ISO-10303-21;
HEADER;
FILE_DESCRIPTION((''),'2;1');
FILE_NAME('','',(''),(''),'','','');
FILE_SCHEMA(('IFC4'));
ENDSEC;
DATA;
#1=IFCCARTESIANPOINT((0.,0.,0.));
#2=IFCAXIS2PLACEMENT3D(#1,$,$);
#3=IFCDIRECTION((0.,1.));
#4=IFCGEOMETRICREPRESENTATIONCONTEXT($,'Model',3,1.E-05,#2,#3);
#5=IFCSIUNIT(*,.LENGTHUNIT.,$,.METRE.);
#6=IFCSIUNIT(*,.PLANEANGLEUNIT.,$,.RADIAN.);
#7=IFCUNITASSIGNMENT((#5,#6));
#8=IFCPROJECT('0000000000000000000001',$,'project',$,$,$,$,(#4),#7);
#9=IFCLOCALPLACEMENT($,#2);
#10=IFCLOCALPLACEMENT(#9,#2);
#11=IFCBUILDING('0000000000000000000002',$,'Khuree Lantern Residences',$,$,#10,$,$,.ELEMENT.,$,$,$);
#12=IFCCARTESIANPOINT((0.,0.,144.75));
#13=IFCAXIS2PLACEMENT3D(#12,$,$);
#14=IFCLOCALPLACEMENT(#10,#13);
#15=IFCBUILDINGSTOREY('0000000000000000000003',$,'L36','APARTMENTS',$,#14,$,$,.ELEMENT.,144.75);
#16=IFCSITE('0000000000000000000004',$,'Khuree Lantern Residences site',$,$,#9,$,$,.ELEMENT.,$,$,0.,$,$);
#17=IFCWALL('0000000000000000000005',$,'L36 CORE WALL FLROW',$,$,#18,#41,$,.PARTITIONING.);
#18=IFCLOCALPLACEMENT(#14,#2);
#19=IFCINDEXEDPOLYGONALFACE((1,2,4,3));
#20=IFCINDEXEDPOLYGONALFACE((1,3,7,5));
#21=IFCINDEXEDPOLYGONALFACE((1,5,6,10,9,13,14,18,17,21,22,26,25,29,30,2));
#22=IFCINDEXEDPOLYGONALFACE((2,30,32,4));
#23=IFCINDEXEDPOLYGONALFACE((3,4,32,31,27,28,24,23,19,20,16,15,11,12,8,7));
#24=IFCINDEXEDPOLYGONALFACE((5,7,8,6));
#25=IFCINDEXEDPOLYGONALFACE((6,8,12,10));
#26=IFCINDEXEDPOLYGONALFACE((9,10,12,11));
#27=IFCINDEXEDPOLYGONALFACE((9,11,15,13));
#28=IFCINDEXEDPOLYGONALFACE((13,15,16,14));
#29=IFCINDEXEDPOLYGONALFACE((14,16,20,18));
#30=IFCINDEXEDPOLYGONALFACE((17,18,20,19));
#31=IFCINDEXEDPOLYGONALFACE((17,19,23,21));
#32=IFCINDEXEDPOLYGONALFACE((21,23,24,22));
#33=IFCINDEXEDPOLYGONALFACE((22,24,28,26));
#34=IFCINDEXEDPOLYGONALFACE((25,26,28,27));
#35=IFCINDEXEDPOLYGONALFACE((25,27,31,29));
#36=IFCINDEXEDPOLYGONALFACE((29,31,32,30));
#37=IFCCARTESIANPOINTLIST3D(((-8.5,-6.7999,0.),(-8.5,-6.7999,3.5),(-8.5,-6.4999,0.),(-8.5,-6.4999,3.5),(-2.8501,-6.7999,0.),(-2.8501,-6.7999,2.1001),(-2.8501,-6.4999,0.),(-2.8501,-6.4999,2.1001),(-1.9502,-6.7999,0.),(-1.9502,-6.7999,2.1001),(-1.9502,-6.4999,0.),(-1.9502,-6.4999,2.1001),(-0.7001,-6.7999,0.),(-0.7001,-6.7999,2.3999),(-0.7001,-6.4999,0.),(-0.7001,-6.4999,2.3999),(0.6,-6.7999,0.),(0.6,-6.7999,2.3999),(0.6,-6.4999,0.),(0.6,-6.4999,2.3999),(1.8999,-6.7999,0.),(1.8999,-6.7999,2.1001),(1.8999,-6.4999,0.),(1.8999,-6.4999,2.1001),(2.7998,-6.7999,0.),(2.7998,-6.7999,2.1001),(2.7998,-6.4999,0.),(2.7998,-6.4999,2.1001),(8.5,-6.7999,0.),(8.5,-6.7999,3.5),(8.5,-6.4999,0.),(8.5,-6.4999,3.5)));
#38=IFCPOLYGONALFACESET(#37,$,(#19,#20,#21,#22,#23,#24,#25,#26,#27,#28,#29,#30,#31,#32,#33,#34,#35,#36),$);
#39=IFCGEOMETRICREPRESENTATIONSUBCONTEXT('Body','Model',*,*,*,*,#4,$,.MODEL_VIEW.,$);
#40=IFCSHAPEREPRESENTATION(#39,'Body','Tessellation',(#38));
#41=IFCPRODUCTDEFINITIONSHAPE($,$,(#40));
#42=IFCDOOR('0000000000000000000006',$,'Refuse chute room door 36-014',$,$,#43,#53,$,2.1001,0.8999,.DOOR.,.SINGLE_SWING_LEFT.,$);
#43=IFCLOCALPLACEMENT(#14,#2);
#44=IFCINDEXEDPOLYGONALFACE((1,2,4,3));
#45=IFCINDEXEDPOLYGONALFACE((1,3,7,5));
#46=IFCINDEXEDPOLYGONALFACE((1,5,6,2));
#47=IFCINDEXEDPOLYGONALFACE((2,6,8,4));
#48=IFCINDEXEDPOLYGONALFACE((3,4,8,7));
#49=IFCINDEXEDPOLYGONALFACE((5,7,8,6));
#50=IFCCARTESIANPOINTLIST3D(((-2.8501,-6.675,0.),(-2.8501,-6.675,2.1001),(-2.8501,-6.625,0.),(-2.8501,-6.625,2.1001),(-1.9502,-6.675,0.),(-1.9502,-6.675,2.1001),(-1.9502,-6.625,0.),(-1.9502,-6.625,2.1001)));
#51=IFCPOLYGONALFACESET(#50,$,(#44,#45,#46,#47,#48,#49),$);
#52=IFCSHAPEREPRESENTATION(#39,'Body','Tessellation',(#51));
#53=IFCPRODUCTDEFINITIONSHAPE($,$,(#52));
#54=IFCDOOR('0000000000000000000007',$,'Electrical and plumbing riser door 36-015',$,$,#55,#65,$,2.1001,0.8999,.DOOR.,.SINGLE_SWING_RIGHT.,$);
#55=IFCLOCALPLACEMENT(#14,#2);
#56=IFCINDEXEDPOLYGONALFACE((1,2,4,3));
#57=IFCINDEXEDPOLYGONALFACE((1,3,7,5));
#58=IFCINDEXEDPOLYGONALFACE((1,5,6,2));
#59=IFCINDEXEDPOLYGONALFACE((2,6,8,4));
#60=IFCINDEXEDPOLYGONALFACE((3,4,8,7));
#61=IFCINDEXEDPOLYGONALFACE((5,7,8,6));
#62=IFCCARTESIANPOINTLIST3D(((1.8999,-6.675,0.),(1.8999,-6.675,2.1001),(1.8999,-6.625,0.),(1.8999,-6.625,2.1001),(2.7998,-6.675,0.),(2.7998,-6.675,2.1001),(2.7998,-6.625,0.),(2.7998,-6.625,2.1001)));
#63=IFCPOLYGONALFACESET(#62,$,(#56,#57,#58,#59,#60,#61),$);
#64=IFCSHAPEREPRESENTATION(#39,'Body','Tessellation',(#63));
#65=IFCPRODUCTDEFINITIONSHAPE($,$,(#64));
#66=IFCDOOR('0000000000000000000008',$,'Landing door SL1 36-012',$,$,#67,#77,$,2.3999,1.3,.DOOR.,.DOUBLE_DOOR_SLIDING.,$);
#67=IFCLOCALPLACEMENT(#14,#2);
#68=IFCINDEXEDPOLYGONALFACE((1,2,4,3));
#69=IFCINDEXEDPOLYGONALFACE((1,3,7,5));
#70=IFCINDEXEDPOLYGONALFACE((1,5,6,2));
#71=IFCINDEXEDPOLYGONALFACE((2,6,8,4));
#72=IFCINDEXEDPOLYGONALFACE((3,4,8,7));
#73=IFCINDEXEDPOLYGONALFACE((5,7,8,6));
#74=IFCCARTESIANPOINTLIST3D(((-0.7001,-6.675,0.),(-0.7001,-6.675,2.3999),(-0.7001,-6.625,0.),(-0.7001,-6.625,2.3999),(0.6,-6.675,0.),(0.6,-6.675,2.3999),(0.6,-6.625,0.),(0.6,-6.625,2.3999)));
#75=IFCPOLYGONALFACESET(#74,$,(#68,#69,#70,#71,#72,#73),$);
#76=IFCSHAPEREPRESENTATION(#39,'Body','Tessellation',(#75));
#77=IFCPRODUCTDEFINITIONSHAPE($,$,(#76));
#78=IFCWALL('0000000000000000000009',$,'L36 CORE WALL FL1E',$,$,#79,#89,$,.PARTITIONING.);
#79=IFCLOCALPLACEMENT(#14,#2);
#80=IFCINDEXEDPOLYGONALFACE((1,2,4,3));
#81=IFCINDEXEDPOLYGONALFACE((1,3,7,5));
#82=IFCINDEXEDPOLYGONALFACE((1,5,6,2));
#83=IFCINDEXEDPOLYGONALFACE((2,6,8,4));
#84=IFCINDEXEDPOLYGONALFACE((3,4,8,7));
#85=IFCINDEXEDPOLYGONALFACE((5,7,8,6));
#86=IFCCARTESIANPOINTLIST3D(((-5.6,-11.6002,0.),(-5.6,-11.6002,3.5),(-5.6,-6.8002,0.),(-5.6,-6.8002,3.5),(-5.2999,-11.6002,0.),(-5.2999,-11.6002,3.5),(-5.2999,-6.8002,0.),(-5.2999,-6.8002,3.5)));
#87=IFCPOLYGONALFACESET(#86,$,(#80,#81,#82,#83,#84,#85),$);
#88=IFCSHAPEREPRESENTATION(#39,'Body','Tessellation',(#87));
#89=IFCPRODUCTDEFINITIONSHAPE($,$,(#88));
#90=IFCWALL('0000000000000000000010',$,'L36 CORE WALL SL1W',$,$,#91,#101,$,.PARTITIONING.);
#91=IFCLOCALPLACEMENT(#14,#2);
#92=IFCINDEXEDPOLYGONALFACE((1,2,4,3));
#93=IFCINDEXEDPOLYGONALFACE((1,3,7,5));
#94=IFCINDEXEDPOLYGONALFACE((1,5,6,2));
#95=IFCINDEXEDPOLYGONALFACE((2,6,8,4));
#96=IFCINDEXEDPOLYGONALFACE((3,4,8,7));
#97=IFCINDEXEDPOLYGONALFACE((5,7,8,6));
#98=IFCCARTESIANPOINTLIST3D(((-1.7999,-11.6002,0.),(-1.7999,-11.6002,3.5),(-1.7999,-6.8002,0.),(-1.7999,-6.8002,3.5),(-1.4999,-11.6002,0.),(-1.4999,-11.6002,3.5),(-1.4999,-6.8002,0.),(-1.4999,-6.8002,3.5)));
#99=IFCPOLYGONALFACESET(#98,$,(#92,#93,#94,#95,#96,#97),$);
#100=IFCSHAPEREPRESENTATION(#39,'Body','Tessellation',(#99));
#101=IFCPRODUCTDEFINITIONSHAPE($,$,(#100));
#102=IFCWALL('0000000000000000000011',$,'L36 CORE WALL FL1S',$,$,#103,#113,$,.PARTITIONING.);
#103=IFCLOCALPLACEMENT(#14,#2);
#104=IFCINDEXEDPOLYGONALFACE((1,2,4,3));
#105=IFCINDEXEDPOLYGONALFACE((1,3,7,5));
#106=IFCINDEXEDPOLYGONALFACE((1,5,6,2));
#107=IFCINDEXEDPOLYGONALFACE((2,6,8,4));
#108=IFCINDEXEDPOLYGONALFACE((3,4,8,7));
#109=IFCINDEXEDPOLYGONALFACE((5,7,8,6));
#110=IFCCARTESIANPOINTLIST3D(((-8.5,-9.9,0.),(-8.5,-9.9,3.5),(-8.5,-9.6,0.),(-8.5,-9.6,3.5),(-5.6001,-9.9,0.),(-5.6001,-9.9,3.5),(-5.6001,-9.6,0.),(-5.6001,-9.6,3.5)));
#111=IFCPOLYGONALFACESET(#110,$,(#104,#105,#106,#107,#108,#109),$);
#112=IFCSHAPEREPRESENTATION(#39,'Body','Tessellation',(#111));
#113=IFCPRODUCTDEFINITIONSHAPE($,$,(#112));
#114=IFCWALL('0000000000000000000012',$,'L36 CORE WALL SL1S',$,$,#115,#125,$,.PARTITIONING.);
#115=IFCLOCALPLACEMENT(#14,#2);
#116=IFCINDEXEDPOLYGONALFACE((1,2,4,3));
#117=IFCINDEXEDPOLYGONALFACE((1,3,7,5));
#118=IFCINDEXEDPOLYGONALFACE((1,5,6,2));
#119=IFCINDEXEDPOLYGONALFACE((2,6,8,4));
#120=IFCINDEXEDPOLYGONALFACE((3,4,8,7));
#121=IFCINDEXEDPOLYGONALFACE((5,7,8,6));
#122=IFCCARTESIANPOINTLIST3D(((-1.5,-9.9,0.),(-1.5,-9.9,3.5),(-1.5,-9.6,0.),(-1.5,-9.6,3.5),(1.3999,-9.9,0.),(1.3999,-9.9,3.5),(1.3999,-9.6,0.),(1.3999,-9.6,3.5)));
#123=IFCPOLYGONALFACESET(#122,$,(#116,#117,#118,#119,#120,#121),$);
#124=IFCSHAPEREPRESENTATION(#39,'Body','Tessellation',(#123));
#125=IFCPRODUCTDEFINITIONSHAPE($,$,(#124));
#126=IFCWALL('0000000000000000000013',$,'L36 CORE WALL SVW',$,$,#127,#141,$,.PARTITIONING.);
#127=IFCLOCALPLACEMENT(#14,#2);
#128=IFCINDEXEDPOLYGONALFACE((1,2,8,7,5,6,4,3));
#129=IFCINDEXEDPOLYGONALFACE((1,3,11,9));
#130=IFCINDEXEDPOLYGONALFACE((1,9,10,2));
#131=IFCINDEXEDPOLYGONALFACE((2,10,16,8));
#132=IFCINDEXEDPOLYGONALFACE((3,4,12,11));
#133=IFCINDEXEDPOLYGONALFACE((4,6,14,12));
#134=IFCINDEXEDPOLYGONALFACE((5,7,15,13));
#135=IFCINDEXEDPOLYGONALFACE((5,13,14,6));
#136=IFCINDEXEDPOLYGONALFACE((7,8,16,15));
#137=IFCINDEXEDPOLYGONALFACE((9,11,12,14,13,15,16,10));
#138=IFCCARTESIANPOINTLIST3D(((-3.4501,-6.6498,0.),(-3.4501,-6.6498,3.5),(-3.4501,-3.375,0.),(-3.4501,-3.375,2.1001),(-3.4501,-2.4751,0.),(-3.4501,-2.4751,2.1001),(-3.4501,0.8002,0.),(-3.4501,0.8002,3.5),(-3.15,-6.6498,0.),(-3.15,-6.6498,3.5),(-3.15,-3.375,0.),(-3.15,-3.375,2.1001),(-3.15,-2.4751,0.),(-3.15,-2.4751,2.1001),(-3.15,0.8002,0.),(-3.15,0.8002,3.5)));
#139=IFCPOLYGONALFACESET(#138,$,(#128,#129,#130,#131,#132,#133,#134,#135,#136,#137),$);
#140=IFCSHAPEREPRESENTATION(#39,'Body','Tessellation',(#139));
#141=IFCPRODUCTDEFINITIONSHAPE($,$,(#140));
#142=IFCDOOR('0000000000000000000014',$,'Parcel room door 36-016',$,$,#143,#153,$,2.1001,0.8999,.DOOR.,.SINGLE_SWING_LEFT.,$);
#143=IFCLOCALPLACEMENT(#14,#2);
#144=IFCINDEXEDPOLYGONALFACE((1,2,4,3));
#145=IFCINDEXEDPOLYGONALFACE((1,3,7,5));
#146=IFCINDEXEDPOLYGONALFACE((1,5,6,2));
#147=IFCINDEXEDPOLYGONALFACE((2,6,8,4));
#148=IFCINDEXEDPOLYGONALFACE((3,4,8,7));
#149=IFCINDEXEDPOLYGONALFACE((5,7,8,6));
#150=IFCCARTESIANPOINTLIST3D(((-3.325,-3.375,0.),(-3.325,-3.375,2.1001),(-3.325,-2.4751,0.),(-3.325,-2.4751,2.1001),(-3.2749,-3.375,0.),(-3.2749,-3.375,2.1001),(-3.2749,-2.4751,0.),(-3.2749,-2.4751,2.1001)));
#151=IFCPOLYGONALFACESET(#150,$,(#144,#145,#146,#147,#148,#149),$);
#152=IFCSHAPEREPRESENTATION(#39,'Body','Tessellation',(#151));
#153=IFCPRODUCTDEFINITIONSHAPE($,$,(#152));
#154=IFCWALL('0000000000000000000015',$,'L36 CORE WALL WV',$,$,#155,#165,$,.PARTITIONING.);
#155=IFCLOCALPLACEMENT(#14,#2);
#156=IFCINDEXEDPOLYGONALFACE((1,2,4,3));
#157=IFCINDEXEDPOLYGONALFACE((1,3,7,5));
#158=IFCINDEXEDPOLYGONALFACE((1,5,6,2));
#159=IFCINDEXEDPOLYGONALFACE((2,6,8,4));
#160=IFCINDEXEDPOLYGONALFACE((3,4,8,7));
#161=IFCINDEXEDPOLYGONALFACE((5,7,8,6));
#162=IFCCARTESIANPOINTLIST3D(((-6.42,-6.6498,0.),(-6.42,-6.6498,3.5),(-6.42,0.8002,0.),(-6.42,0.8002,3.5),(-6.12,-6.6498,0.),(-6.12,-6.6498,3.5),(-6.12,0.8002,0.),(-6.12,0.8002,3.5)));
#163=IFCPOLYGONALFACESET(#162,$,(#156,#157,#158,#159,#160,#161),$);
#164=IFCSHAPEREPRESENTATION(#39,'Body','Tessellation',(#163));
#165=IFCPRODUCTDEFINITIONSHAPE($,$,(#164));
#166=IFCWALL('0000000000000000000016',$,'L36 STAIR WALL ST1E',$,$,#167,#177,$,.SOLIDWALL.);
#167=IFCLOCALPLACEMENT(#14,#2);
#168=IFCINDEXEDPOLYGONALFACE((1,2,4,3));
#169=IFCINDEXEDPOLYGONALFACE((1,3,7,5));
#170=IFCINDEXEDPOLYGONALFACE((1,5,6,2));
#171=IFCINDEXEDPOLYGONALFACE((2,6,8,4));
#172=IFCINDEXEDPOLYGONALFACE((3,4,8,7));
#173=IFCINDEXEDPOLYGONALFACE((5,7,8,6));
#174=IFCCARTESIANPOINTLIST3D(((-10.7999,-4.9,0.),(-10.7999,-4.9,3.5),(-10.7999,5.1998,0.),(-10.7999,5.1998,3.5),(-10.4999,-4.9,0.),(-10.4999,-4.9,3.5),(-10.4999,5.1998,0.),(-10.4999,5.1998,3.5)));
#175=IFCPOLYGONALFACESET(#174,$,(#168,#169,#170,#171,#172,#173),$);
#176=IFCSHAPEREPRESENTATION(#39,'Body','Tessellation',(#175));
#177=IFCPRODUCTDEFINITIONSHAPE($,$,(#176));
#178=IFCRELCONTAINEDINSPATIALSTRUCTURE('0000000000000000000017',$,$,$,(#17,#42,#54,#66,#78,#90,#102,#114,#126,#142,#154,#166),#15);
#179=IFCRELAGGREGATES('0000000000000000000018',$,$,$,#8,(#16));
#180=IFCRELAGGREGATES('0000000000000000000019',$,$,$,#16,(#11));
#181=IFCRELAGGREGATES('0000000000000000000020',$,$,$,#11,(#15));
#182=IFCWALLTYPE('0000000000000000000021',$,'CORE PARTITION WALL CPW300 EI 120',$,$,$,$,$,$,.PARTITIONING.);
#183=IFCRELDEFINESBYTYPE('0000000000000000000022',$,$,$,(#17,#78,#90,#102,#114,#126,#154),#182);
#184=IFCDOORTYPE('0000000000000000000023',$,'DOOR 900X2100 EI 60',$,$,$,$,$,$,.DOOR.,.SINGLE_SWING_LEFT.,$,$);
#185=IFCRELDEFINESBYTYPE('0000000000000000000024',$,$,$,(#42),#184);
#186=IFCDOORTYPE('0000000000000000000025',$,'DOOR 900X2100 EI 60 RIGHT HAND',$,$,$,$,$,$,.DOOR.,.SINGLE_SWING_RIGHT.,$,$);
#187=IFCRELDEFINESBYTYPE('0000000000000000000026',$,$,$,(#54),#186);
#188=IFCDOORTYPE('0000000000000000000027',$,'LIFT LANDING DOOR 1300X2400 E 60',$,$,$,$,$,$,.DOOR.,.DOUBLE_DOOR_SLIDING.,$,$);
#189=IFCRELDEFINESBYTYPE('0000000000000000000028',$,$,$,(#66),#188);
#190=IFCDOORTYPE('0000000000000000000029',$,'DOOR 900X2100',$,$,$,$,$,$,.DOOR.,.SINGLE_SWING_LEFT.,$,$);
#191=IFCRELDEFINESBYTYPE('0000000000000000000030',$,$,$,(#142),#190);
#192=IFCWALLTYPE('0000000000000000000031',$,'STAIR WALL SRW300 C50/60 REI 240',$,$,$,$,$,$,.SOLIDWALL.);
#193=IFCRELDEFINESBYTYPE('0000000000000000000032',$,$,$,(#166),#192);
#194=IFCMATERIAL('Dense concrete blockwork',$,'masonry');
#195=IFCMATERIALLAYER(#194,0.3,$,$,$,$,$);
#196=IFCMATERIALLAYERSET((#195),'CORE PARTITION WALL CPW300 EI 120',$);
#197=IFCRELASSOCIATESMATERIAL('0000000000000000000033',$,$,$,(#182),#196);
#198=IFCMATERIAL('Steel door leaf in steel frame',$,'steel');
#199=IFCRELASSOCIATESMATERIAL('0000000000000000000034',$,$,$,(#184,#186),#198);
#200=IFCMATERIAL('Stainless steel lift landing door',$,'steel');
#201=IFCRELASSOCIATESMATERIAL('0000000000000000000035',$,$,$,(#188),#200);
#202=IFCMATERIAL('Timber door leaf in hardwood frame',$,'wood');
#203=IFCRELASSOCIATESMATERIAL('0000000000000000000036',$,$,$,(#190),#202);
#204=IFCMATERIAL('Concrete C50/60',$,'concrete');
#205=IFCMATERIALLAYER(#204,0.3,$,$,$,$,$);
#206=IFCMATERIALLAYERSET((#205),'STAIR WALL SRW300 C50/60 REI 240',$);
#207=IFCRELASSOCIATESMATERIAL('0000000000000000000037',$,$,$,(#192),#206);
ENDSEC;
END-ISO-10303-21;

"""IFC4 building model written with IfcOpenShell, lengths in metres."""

from ifc_helpers import new_model, si_unit, direction, frame, frame_2d, origin, place, context, subcontext, project, spatial, rectangle, extrude, material, layer, layer_set, type_object, element, fill, save


model = new_model("IFC4")

# Units and contexts
model_context = context("Model", 3, precision=1e-05, world=origin(), true_north=direction((0.0, 1.0)))
body_context = subcontext(model_context, "Body", "Model", "MODEL_VIEW")
ifc_project = project(units=[si_unit("LENGTHUNIT", "METRE"), si_unit("PLANEANGLEUNIT", "RADIAN")], contexts=[model_context])

# Site, building, storey
site_placement = place(None, origin())
site = spatial("IfcSite", under=ifc_project, at=site_placement, Name="Khuree Lantern Residences site", CompositionType="ELEMENT", RefElevation=0.0)
building_placement = place(site_placement, origin())
building = spatial("IfcBuilding", under=site, at=building_placement, Name="Khuree Lantern Residences", CompositionType="ELEMENT")
storey_placement = place(building_placement, frame((0.0, 0.0, 144.75)))
storey = spatial("IfcBuildingStorey", under=building, at=storey_placement, Name="L36", Description="APARTMENTS", CompositionType="ELEMENT", Elevation=144.75)

# Wall, openings, doors
ifc_material_1 = material(Name="Dense concrete blockwork", Category="masonry")
ifc_layer_1 = layer(ifc_material_1, 0.3)
ifc_layer_set_1 = layer_set([ifc_layer_1], Name="CORE PARTITION WALL CPW300 EI 120")
wall_type_1 = type_object("IfcWallType", Name="CORE PARTITION WALL CPW300 EI 120", PredefinedType="PARTITIONING", material=ifc_layer_set_1)
wall_1_placement = place(storey_placement, frame((-8.5, -6.6499, 0.0), z_axis=(0.0, 0.0, 1.0), x_axis=(1.0, 0.0, 0.0)))
wall_1 = element("IfcWall", 1, at=wall_1_placement, inside=storey, type_object=wall_type_1, Name="L36 CORE WALL FLROW", PredefinedType="PARTITIONING", context=body_context, shape_type="SweptSolid", body=[
    extrude(rectangle(XDim=17.0, YDim=0.3, at=frame_2d((8.5, 0.0))), origin(), (0.0, 0.0, 1.0), 3.5),
])
opening_1_placement = place(wall_1_placement, frame((7.8, 0.0, 0.0)))
opening_1 = element("IfcOpeningElement", 2, at=opening_1_placement, cuts=wall_1, PredefinedType="OPENING", context=body_context, shape_type="SweptSolid", body=[
    extrude(rectangle(XDim=1.3, YDim=2.3999, at=frame_2d((0.6499, 1.2))), frame((0.0, 0.1602, 0.0), z_axis=(0.0, -1.0, 0.0), x_axis=(1.0, 0.0, 0.0)), (0.0, 0.0, 1.0), 0.3201),
])
opening_2_placement = place(wall_1_placement, frame((5.6499, 0.0, 0.0)))
opening_2 = element("IfcOpeningElement", 3, at=opening_2_placement, cuts=wall_1, PredefinedType="OPENING", context=body_context, shape_type="SweptSolid", body=[
    extrude(rectangle(XDim=0.8999, YDim=2.1001, at=frame_2d((0.45, 1.05))), frame((0.0, 0.1602, 0.0), z_axis=(0.0, -1.0, 0.0), x_axis=(1.0, 0.0, 0.0)), (0.0, 0.0, 1.0), 0.3201),
])
opening_3_placement = place(wall_1_placement, frame((10.3999, 0.0, 0.0)))
opening_3 = element("IfcOpeningElement", 4, at=opening_3_placement, cuts=wall_1, PredefinedType="OPENING", context=body_context, shape_type="SweptSolid", body=[
    extrude(rectangle(XDim=0.8999, YDim=2.1001, at=frame_2d((0.45, 1.05))), frame((0.0, 0.1602, 0.0), z_axis=(0.0, -1.0, 0.0), x_axis=(1.0, 0.0, 0.0)), (0.0, 0.0, 1.0), 0.3201),
])
ifc_material_2 = material(Name="Steel door leaf in steel frame", Category="steel")
door_type_1 = type_object("IfcDoorType", Name="DOOR 900X2100 EI 60", OperationType="SINGLE_SWING_LEFT", PredefinedType="DOOR", material=ifc_material_2)
door_1_placement = place(opening_2_placement, origin())
door_1 = element("IfcDoor", 5, at=door_1_placement, inside=storey, type_object=door_type_1, Name="Refuse chute room door 36-014", OperationType="SINGLE_SWING_LEFT", OverallHeight=2.1001, OverallWidth=0.8999, PredefinedType="DOOR", context=body_context, shape_type="SweptSolid", body=[
    extrude(rectangle(XDim=0.8999, YDim=2.1001, at=frame_2d((0.45, 1.05))), frame((0.0, 0.0249, 0.0), z_axis=(0.0, -1.0, 0.0), x_axis=(1.0, 0.0, 0.0)), (0.0, 0.0, 1.0), 0.05),
])
fill(opening_2, door_1)
door_type_2 = type_object("IfcDoorType", Name="DOOR 900X2100 EI 60 RIGHT HAND", OperationType="SINGLE_SWING_RIGHT", PredefinedType="DOOR", material=ifc_material_2)
door_2_placement = place(opening_3_placement, origin())
door_2 = element("IfcDoor", 6, at=door_2_placement, inside=storey, type_object=door_type_2, Name="Electrical and plumbing riser door 36-015", OperationType="SINGLE_SWING_RIGHT", OverallHeight=2.1001, OverallWidth=0.8999, PredefinedType="DOOR", context=body_context, shape_type="SweptSolid", body=[
    extrude(rectangle(XDim=0.8999, YDim=2.1001, at=frame_2d((0.45, 1.05))), frame((0.0, 0.0249, 0.0), z_axis=(0.0, -1.0, 0.0), x_axis=(1.0, 0.0, 0.0)), (0.0, 0.0, 1.0), 0.05),
])
fill(opening_3, door_2)
ifc_material_3 = material(Name="Stainless steel lift landing door", Category="steel")
door_type_3 = type_object("IfcDoorType", Name="LIFT LANDING DOOR 1300X2400 E 60", OperationType="DOUBLE_DOOR_SLIDING", PredefinedType="DOOR", material=ifc_material_3)
door_3_placement = place(opening_1_placement, origin())
door_3 = element("IfcDoor", 7, at=door_3_placement, inside=storey, type_object=door_type_3, Name="Landing door SL1 36-012", OperationType="DOUBLE_DOOR_SLIDING", OverallHeight=2.3999, OverallWidth=1.3, PredefinedType="DOOR", context=body_context, shape_type="SweptSolid", body=[
    extrude(rectangle(XDim=1.3, YDim=2.3999, at=frame_2d((0.6499, 1.2))), frame((0.0, 0.0249, 0.0), z_axis=(0.0, -1.0, 0.0), x_axis=(1.0, 0.0, 0.0)), (0.0, 0.0, 1.0), 0.05),
])
fill(opening_1, door_3)

# Walls
for number, where, z_axis, x_axis, name in (
    (8, (-5.45, -11.6001, 0.0), (0.0, 0.0, 1.0), (0.0, 1.0, 0.0), "L36 CORE WALL FL1E"),
    (9, (-1.6499, -11.6001, 0.0), (0.0, 0.0, 1.0), (0.0, 1.0, 0.0), "L36 CORE WALL SL1W"),
):
    element("IfcWall", number, at=place(storey_placement, frame(where, z_axis=z_axis, x_axis=x_axis)), inside=storey, type_object=wall_type_1, Name=name, PredefinedType="PARTITIONING", context=body_context, shape_type="SweptSolid", body=[
        extrude(rectangle(XDim=4.8, YDim=0.3, at=frame_2d((2.3999, 0.0))), origin(), (0.0, 0.0, 1.0), 3.5),
    ])
for number, where, z_axis, x_axis, name in (
    (10, (-8.5, -9.75, 0.0), (0.0, 0.0, 1.0), (1.0, 0.0, 0.0), "L36 CORE WALL FL1S"),
    (11, (-1.5, -9.75, 0.0), (0.0, 0.0, 1.0), (1.0, 0.0, 0.0), "L36 CORE WALL SL1S"),
):
    element("IfcWall", number, at=place(storey_placement, frame(where, z_axis=z_axis, x_axis=x_axis)), inside=storey, type_object=wall_type_1, Name=name, PredefinedType="PARTITIONING", context=body_context, shape_type="SweptSolid", body=[
        extrude(rectangle(XDim=2.8999, YDim=0.3, at=frame_2d((1.45, 0.0))), origin(), (0.0, 0.0, 1.0), 3.5),
    ])

# Wall, opening, door
wall_2_placement = place(storey_placement, frame((-3.3, -6.6499, 0.0), z_axis=(0.0, 0.0, 1.0), x_axis=(0.0, 1.0, 0.0)))
wall_2 = element("IfcWall", 12, at=wall_2_placement, inside=storey, type_object=wall_type_1, Name="L36 CORE WALL SVW", PredefinedType="PARTITIONING", context=body_context, shape_type="SweptSolid", body=[
    extrude(rectangle(XDim=7.45, YDim=0.3, at=frame_2d((3.7251, 0.0))), origin(), (0.0, 0.0, 1.0), 3.5),
])
opening_4_placement = place(wall_2_placement, frame((3.2749, 0.0, 0.0)))
opening_4 = element("IfcOpeningElement", 13, at=opening_4_placement, cuts=wall_2, PredefinedType="OPENING", context=body_context, shape_type="SweptSolid", body=[
    extrude(rectangle(XDim=0.8999, YDim=2.1001, at=frame_2d((0.45, 1.05))), frame((0.0, 0.1602, 0.0), z_axis=(0.0, -1.0, 0.0), x_axis=(1.0, 0.0, 0.0)), (0.0, 0.0, 1.0), 0.3201),
])
ifc_material_4 = material(Name="Timber door leaf in hardwood frame", Category="wood")
door_type_4 = type_object("IfcDoorType", Name="DOOR 900X2100", OperationType="SINGLE_SWING_LEFT", PredefinedType="DOOR", material=ifc_material_4)
door_4_placement = place(opening_4_placement, origin())
door_4 = element("IfcDoor", 14, at=door_4_placement, inside=storey, type_object=door_type_4, Name="Parcel room door 36-016", OperationType="SINGLE_SWING_LEFT", OverallHeight=2.1001, OverallWidth=0.8999, PredefinedType="DOOR", context=body_context, shape_type="SweptSolid", body=[
    extrude(rectangle(XDim=0.8999, YDim=2.1001, at=frame_2d((0.45, 1.05))), frame((0.0, 0.0249, 0.0), z_axis=(0.0, -1.0, 0.0), x_axis=(1.0, 0.0, 0.0)), (0.0, 0.0, 1.0), 0.05),
])
fill(opening_4, door_4)

# Walls
wall_3_placement = place(storey_placement, frame((-6.27, -6.6499, 0.0), z_axis=(0.0, 0.0, 1.0), x_axis=(0.0, 1.0, 0.0)))
element("IfcWall", 15, at=wall_3_placement, inside=storey, type_object=wall_type_1, Name="L36 CORE WALL WV", PredefinedType="PARTITIONING", context=body_context, shape_type="SweptSolid", body=[
    extrude(rectangle(XDim=7.45, YDim=0.3, at=frame_2d((3.7251, 0.0))), origin(), (0.0, 0.0, 1.0), 3.5),
])
ifc_material_5 = material(Name="Concrete C50/60", Category="concrete")
ifc_layer_2 = layer(ifc_material_5, 0.3)
ifc_layer_set_2 = layer_set([ifc_layer_2], Name="STAIR WALL SRW300 C50/60 REI 240")
wall_type_2 = type_object("IfcWallType", Name="STAIR WALL SRW300 C50/60 REI 240", PredefinedType="SOLIDWALL", material=ifc_layer_set_2)
wall_4_placement = place(storey_placement, frame((-10.6499, -4.8999, 0.0), z_axis=(0.0, 0.0, 1.0), x_axis=(0.0, 1.0, 0.0)))
element("IfcWall", 16, at=wall_4_placement, inside=storey, type_object=wall_type_2, Name="L36 STAIR WALL ST1E", PredefinedType="SOLIDWALL", context=body_context, shape_type="SweptSolid", body=[
    extrude(rectangle(XDim=10.0999, YDim=0.3, at=frame_2d((5.0498, 0.0))), origin(), (0.0, 0.0, 1.0), 3.5),
])

save(model, "model.ifc")
